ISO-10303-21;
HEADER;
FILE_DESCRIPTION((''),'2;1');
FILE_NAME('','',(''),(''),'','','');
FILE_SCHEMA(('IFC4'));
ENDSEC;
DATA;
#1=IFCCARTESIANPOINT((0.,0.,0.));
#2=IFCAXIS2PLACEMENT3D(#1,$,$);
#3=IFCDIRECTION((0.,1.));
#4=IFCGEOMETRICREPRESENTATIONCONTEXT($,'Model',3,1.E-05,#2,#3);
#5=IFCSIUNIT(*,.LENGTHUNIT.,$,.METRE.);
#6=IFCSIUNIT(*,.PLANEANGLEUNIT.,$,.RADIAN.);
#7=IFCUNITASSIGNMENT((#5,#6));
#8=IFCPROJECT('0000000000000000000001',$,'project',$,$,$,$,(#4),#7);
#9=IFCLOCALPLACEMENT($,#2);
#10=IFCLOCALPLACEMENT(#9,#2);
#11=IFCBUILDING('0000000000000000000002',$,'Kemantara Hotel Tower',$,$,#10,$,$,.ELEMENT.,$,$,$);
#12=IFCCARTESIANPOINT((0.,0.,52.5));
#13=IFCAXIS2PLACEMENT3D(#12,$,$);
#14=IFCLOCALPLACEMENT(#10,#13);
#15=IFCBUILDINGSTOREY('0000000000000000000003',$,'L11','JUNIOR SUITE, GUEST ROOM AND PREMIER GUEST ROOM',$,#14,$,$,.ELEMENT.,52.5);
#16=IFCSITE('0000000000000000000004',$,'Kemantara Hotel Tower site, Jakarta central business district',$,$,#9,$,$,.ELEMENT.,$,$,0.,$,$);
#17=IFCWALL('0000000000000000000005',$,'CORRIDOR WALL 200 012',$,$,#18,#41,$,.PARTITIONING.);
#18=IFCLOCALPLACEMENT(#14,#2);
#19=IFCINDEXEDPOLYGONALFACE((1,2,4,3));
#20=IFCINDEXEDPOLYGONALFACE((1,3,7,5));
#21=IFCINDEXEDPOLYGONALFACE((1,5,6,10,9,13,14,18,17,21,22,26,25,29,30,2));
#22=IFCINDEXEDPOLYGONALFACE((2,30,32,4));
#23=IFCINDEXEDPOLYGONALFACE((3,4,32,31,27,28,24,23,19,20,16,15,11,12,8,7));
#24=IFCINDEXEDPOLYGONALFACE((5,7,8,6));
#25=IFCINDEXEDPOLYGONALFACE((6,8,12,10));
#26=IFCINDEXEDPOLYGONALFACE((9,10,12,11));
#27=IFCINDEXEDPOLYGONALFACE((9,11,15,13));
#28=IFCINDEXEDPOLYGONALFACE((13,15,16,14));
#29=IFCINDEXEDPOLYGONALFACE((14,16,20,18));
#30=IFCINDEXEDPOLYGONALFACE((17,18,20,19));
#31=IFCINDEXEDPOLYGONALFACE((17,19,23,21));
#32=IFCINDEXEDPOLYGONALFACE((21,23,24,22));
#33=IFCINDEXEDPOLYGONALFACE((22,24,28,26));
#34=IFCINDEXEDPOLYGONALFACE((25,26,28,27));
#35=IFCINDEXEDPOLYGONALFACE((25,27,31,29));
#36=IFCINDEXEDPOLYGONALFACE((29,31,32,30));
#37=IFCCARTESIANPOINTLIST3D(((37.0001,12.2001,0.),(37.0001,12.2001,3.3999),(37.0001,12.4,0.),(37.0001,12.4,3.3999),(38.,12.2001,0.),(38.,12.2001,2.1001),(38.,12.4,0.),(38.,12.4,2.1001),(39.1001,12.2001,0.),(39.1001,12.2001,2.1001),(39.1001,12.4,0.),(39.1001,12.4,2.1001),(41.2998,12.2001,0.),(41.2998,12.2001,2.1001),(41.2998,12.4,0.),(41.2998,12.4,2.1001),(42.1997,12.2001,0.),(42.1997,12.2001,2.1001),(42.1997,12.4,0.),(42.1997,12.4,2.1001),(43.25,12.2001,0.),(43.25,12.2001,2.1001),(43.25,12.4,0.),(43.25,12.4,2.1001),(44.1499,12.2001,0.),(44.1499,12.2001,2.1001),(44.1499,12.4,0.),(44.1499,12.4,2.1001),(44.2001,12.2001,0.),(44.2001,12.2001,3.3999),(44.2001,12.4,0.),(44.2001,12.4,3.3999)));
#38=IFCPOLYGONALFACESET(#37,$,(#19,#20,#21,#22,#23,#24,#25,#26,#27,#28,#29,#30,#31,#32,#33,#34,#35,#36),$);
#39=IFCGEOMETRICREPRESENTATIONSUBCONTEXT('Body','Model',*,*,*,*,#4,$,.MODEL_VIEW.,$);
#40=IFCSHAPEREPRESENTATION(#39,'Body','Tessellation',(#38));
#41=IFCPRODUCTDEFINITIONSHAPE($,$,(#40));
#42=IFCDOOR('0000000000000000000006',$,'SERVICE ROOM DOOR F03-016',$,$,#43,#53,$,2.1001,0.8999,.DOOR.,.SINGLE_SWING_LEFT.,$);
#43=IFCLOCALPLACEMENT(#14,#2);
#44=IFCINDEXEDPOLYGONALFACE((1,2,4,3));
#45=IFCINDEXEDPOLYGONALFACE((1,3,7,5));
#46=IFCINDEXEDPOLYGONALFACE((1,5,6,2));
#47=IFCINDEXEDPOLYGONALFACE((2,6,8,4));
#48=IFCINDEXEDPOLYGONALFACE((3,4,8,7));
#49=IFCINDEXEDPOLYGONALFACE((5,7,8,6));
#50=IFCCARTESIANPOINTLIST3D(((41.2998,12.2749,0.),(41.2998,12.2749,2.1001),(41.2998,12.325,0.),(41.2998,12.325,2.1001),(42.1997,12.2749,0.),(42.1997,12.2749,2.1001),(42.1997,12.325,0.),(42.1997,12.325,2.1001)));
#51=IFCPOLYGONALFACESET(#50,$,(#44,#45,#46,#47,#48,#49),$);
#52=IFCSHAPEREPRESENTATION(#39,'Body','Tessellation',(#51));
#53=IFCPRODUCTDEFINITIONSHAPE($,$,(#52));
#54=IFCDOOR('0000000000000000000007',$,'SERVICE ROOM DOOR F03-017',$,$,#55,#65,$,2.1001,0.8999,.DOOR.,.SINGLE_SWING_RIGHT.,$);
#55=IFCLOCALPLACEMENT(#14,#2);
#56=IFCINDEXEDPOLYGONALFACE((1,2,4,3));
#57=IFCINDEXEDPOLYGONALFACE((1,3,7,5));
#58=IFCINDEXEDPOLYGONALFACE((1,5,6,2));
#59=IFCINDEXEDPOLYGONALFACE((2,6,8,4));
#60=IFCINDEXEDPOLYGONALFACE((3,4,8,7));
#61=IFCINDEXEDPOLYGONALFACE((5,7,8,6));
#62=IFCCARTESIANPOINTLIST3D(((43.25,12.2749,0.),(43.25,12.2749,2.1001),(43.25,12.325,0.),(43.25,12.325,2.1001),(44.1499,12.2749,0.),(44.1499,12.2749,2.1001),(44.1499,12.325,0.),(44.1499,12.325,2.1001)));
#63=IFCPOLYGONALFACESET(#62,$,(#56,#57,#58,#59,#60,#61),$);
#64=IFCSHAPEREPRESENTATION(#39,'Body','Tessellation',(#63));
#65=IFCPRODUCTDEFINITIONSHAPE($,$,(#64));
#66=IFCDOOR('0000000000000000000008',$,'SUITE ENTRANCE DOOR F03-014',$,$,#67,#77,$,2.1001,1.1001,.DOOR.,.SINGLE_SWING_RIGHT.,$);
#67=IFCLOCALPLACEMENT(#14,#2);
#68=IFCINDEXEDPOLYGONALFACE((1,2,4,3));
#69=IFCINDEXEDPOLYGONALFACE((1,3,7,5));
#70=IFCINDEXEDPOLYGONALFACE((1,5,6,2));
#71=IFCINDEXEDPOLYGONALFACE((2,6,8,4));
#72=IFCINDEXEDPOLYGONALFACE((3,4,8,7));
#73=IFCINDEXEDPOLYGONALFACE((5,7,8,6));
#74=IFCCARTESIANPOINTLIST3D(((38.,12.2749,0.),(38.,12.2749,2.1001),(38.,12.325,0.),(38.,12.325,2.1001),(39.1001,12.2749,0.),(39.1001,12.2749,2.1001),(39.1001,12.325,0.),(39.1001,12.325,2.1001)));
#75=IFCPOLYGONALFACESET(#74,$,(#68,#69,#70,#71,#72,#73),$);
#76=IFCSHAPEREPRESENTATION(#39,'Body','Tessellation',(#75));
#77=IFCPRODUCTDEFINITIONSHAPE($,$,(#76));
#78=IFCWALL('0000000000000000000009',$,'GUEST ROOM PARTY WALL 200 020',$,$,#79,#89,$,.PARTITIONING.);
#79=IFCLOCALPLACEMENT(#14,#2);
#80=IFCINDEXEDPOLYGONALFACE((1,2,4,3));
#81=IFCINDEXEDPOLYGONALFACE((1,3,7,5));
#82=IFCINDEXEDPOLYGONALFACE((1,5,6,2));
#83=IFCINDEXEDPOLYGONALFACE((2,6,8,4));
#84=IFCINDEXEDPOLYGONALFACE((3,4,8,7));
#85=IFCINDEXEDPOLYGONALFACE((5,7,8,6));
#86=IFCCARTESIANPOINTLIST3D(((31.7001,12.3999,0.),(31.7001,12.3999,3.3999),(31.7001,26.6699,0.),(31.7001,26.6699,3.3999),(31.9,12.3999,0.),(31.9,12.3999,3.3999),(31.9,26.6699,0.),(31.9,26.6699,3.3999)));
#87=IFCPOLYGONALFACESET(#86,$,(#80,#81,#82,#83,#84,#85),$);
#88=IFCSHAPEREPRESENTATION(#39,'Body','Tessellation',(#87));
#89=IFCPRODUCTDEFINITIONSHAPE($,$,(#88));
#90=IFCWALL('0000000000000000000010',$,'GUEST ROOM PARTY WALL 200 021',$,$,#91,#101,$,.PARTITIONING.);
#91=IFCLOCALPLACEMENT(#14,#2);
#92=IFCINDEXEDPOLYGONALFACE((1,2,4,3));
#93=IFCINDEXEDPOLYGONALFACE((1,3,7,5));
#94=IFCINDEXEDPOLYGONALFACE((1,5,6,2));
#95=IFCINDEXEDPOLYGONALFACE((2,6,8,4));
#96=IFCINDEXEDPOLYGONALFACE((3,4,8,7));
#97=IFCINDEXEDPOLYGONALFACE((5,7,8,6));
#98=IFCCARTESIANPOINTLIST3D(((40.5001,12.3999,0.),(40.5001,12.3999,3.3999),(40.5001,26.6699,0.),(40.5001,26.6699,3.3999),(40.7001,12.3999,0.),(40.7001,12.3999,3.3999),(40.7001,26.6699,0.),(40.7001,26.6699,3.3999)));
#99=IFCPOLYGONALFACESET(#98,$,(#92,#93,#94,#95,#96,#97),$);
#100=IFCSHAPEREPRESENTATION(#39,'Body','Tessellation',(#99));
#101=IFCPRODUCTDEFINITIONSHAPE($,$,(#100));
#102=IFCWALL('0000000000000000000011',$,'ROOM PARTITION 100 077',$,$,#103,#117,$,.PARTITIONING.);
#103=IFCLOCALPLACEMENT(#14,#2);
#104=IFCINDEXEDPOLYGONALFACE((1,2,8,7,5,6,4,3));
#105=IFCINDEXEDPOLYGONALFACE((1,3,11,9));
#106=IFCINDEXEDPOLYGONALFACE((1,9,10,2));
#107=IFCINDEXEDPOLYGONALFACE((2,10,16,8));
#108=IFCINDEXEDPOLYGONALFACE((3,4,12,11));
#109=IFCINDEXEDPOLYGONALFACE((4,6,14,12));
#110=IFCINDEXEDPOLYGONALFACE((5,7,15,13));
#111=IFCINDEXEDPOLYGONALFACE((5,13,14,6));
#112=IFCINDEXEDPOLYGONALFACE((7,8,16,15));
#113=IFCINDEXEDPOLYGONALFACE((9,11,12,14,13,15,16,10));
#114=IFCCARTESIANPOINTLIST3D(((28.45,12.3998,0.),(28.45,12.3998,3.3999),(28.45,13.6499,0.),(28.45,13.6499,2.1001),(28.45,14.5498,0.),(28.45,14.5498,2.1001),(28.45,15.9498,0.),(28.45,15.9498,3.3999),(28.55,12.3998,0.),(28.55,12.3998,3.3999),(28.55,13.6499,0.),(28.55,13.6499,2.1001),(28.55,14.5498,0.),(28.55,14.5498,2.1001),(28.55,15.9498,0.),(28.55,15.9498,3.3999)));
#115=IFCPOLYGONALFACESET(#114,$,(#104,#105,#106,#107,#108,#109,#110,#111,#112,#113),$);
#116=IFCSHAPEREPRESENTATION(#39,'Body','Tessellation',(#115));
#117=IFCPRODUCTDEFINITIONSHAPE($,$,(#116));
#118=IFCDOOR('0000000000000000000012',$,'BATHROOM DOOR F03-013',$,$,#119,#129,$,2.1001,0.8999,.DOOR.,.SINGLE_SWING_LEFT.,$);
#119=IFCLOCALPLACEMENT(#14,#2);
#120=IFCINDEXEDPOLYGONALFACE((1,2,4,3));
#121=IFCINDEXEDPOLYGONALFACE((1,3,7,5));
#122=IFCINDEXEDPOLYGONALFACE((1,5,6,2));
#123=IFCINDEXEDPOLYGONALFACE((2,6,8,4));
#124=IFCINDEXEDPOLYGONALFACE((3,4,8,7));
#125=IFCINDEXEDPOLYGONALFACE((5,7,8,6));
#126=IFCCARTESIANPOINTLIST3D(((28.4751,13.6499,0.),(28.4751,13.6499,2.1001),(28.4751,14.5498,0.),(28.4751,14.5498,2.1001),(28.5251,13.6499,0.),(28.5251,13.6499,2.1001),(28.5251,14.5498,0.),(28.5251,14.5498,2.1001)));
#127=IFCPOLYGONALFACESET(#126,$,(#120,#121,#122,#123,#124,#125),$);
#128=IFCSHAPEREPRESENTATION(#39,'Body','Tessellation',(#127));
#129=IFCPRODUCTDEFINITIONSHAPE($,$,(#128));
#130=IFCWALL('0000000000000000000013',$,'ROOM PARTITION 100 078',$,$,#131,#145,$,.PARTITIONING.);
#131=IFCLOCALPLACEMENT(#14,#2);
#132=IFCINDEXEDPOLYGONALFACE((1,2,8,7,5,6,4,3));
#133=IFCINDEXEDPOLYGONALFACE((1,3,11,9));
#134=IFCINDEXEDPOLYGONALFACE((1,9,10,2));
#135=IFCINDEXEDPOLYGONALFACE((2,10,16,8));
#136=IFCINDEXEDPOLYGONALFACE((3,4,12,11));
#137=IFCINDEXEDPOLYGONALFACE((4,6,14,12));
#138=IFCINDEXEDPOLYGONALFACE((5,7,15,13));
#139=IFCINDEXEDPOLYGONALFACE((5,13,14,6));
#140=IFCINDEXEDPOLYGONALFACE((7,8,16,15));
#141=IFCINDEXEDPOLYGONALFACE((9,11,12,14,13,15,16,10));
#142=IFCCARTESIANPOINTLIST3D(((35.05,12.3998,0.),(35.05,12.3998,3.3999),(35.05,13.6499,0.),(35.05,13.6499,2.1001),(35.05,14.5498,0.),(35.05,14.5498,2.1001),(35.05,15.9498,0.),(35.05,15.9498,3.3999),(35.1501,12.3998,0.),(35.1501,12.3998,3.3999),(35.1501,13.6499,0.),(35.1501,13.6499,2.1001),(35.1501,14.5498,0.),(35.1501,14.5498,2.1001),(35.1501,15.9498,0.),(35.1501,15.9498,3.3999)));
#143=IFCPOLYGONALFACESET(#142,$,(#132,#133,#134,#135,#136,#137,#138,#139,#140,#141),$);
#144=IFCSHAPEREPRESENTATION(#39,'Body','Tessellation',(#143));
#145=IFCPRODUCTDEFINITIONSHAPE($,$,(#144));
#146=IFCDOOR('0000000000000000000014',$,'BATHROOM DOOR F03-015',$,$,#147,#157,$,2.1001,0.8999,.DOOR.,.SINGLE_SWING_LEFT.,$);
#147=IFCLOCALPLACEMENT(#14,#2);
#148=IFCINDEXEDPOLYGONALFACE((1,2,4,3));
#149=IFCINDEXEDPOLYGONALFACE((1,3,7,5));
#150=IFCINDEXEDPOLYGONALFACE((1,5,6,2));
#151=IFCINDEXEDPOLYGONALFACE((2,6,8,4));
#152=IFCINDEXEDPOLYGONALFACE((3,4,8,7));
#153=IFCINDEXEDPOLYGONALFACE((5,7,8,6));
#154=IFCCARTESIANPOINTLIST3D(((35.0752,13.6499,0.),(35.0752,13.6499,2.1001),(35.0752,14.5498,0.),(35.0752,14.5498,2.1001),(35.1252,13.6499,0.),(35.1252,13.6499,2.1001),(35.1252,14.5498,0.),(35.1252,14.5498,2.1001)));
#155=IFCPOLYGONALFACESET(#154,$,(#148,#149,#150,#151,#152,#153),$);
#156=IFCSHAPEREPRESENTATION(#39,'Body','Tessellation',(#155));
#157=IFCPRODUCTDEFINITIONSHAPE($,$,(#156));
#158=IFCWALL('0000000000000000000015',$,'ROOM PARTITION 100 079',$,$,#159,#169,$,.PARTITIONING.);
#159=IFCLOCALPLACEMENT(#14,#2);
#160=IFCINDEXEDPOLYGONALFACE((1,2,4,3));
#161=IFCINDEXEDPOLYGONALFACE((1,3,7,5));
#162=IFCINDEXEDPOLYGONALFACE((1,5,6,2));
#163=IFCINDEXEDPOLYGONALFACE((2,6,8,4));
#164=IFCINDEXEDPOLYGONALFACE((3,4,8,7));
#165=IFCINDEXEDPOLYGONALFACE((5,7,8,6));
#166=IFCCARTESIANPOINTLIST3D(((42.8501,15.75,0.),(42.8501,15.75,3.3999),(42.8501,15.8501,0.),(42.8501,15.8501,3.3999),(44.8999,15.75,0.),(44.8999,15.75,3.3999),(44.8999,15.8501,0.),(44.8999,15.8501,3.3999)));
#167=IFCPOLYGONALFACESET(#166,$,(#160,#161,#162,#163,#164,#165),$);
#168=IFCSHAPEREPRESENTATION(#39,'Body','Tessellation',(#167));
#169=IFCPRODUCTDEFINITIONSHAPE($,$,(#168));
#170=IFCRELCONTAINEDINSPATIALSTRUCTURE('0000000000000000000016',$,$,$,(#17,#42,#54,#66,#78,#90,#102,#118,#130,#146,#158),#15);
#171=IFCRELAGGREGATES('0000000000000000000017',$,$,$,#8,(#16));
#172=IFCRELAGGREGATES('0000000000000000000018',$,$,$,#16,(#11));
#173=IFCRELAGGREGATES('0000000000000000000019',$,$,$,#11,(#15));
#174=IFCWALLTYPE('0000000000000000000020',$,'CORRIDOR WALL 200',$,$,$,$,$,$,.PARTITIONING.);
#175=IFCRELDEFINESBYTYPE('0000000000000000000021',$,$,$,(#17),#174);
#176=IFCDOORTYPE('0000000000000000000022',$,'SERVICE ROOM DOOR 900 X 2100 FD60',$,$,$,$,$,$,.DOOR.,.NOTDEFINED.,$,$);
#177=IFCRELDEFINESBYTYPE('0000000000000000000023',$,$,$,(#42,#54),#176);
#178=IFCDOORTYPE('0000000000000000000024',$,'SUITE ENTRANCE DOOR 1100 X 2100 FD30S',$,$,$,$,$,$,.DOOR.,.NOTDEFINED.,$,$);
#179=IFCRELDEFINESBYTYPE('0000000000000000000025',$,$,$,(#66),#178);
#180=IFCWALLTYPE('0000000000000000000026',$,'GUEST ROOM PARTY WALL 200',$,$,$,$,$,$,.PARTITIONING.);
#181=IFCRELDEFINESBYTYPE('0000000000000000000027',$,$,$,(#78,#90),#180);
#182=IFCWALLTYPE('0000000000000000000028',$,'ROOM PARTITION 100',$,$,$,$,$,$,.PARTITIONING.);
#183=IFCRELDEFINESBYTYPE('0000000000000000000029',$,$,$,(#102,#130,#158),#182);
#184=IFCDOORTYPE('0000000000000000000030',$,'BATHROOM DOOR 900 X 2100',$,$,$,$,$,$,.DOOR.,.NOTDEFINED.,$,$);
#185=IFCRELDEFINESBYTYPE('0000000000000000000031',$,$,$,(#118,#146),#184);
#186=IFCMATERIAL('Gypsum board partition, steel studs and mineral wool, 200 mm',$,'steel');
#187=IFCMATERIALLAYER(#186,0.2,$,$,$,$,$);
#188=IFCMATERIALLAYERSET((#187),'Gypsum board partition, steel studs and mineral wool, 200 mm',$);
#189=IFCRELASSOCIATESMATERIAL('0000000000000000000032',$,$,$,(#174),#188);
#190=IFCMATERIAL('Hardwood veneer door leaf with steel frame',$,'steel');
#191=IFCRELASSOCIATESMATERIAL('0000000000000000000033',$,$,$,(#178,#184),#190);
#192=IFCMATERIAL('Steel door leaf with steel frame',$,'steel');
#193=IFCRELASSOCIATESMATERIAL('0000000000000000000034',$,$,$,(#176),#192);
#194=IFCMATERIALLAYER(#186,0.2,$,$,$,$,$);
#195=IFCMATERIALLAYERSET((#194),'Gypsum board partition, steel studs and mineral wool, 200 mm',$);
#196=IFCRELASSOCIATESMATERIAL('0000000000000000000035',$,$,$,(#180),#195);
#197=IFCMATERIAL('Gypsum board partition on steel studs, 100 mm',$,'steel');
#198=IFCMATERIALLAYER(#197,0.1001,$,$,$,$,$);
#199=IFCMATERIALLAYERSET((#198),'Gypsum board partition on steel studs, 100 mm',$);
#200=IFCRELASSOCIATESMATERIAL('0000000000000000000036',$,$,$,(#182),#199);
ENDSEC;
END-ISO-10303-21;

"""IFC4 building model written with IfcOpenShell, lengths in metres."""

from ifc_helpers import new_model, si_unit, direction, frame, frame_2d, origin, place, context, subcontext, project, spatial, rectangle, extrude, material, layer, layer_set, type_object, element, fill, save


model = new_model("IFC4")

# Units and contexts
model_context = context("Model", 3, precision=1e-05, world=origin(), true_north=direction((0.0, 1.0)))
body_context = subcontext(model_context, "Body", "Model", "MODEL_VIEW")
ifc_project = project(units=[si_unit("LENGTHUNIT", "METRE"), si_unit("PLANEANGLEUNIT", "RADIAN")], contexts=[model_context])

# Site, building, storey
site_placement = place(None, origin())
site = spatial("IfcSite", under=ifc_project, at=site_placement, Name="Kemantara Hotel Tower site, Jakarta central business district", CompositionType="ELEMENT", RefElevation=0.0)
building_placement = place(site_placement, origin())
building = spatial("IfcBuilding", under=site, at=building_placement, Name="Kemantara Hotel Tower", CompositionType="ELEMENT")
storey_placement = place(building_placement, frame((0.0, 0.0, 52.5)))
storey = spatial("IfcBuildingStorey", under=building, at=storey_placement, Name="L11", Description="JUNIOR SUITE, GUEST ROOM AND PREMIER GUEST ROOM", CompositionType="ELEMENT", Elevation=52.5)

# Shared definitions
ifc_material_1 = material(Name="Gypsum board partition, steel studs and mineral wool, 200 mm", Category="steel")
ifc_layer_1 = layer(ifc_material_1, 0.2)
ifc_layer_set_1 = layer_set([ifc_layer_1], Name="Gypsum board partition, steel studs and mineral wool, 200 mm")
wall_type_1 = type_object("IfcWallType", Name="CORRIDOR WALL 200", PredefinedType="PARTITIONING", material=ifc_layer_set_1)
ifc_material_2 = material(Name="Hardwood veneer door leaf with steel frame", Category="steel")
door_type_1 = type_object("IfcDoorType", Name="SUITE ENTRANCE DOOR 1100 X 2100 FD30S", OperationType="NOTDEFINED", PredefinedType="DOOR", material=ifc_material_2)

# Wall, openings, doors
wall_1_placement = place(storey_placement, frame((37.0, 12.3, 0.0), z_axis=(0.0, 0.0, 1.0), x_axis=(1.0, 0.0, 0.0)))
wall_1 = element("IfcWall", 1, at=wall_1_placement, inside=storey, type_object=wall_type_1, Name="CORRIDOR WALL 200 012", PredefinedType="PARTITIONING", context=body_context, shape_type="SweptSolid", body=[
    extrude(rectangle(XDim=7.2, YDim=0.2, at=frame_2d((3.6001, 0.0))), origin(), (0.0, 0.0, 1.0), 3.3999),
])
opening_1_placement = place(wall_1_placement, frame((1.0, 0.0, 0.0)))
opening_1 = element("IfcOpeningElement", 2, at=opening_1_placement, cuts=wall_1, PredefinedType="OPENING", context=body_context, shape_type="SweptSolid", body=[
    extrude(rectangle(XDim=1.1001, YDim=2.1001, at=frame_2d((0.55, 1.05))), frame((0.0, 0.1099, 0.0), z_axis=(0.0, -1.0, 0.0), x_axis=(1.0, 0.0, 0.0)), (0.0, 0.0, 1.0), 0.22),
])
opening_2_placement = place(wall_1_placement, frame((4.2998, 0.0, 0.0)))
opening_2 = element("IfcOpeningElement", 3, at=opening_2_placement, cuts=wall_1, PredefinedType="OPENING", context=body_context, shape_type="SweptSolid", body=[
    extrude(rectangle(XDim=0.8999, YDim=2.1001, at=frame_2d((0.45, 1.05))), frame((0.0, 0.1099, 0.0), z_axis=(0.0, -1.0, 0.0), x_axis=(1.0, 0.0, 0.0)), (0.0, 0.0, 1.0), 0.22),
])
opening_3_placement = place(wall_1_placement, frame((6.25, 0.0, 0.0)))
opening_3 = element("IfcOpeningElement", 4, at=opening_3_placement, cuts=wall_1, PredefinedType="OPENING", context=body_context, shape_type="SweptSolid", body=[
    extrude(rectangle(XDim=0.8999, YDim=2.1001, at=frame_2d((0.45, 1.05))), frame((0.0, 0.1099, 0.0), z_axis=(0.0, -1.0, 0.0), x_axis=(1.0, 0.0, 0.0)), (0.0, 0.0, 1.0), 0.22),
])
ifc_material_3 = material(Name="Steel door leaf with steel frame", Category="steel")
door_type_2 = type_object("IfcDoorType", Name="SERVICE ROOM DOOR 900 X 2100 FD60", OperationType="NOTDEFINED", PredefinedType="DOOR", material=ifc_material_3)
door_1_placement = place(opening_2_placement, origin())
door_1 = element("IfcDoor", 5, at=door_1_placement, inside=storey, type_object=door_type_2, Name="SERVICE ROOM DOOR F03-016", OperationType="SINGLE_SWING_LEFT", OverallHeight=2.1001, OverallWidth=0.8999, PredefinedType="DOOR", context=body_context, shape_type="SweptSolid", body=[
    extrude(rectangle(XDim=0.8999, YDim=2.1001, at=frame_2d((0.45, 1.05))), frame((0.0, 0.0249, 0.0), z_axis=(0.0, -1.0, 0.0), x_axis=(1.0, 0.0, 0.0)), (0.0, 0.0, 1.0), 0.05),
])
fill(opening_2, door_1)
door_2_placement = place(opening_3_placement, origin())
door_2 = element("IfcDoor", 6, at=door_2_placement, inside=storey, type_object=door_type_2, Name="SERVICE ROOM DOOR F03-017", OperationType="SINGLE_SWING_RIGHT", OverallHeight=2.1001, OverallWidth=0.8999, PredefinedType="DOOR", context=body_context, shape_type="SweptSolid", body=[
    extrude(rectangle(XDim=0.8999, YDim=2.1001, at=frame_2d((0.45, 1.05))), frame((0.0, 0.0249, 0.0), z_axis=(0.0, -1.0, 0.0), x_axis=(1.0, 0.0, 0.0)), (0.0, 0.0, 1.0), 0.05),
])
fill(opening_3, door_2)
door_3_placement = place(opening_1_placement, origin())
door_3 = element("IfcDoor", 7, at=door_3_placement, inside=storey, type_object=door_type_1, Name="SUITE ENTRANCE DOOR F03-014", OperationType="SINGLE_SWING_RIGHT", OverallHeight=2.1001, OverallWidth=1.1001, PredefinedType="DOOR", context=body_context, shape_type="SweptSolid", body=[
    extrude(rectangle(XDim=1.1001, YDim=2.1001, at=frame_2d((0.55, 1.05))), frame((0.0, 0.0249, 0.0), z_axis=(0.0, -1.0, 0.0), x_axis=(1.0, 0.0, 0.0)), (0.0, 0.0, 1.0), 0.05),
])
fill(opening_1, door_3)

# Walls
ifc_layer_2 = layer(ifc_material_1, 0.2)
ifc_layer_set_2 = layer_set([ifc_layer_2], Name="Gypsum board partition, steel studs and mineral wool, 200 mm")
wall_type_2 = type_object("IfcWallType", Name="GUEST ROOM PARTY WALL 200", PredefinedType="PARTITIONING", material=ifc_layer_set_2)
for number, where, z_axis, x_axis, name in (
    (8, (31.8, 12.3999, 0.0), (0.0, 0.0, 1.0), (0.0, 1.0, 0.0), "GUEST ROOM PARTY WALL 200 020"),
    (9, (40.6001, 12.3999, 0.0), (0.0, 0.0, 1.0), (0.0, 1.0, 0.0), "GUEST ROOM PARTY WALL 200 021"),
):
    element("IfcWall", number, at=place(storey_placement, frame(where, z_axis=z_axis, x_axis=x_axis)), inside=storey, type_object=wall_type_2, Name=name, PredefinedType="PARTITIONING", context=body_context, shape_type="SweptSolid", body=[
        extrude(rectangle(XDim=14.27, YDim=0.2, at=frame_2d((7.135, 0.0))), origin(), (0.0, 0.0, 1.0), 3.3999),
    ])

# Walls, openings, doors
ifc_material_4 = material(Name="Gypsum board partition on steel studs, 100 mm", Category="steel")
ifc_layer_3 = layer(ifc_material_4, 0.1001)
ifc_layer_set_3 = layer_set([ifc_layer_3], Name="Gypsum board partition on steel studs, 100 mm")
wall_type_3 = type_object("IfcWallType", Name="ROOM PARTITION 100", PredefinedType="PARTITIONING", material=ifc_layer_set_3)
wall_2_placement = place(storey_placement, frame((28.5, 12.3999, 0.0), z_axis=(0.0, 0.0, 1.0), x_axis=(0.0, 1.0, 0.0)))
wall_2 = element("IfcWall", 10, at=wall_2_placement, inside=storey, type_object=wall_type_3, Name="ROOM PARTITION 100 077", PredefinedType="PARTITIONING", context=body_context, shape_type="SweptSolid", body=[
    extrude(rectangle(XDim=3.55, YDim=0.1001, at=frame_2d((1.7749, 0.0))), origin(), (0.0, 0.0, 1.0), 3.3999),
])
opening_4_placement = place(wall_2_placement, frame((1.25, 0.0, 0.0)))
opening_4 = element("IfcOpeningElement", 11, at=opening_4_placement, cuts=wall_2, PredefinedType="OPENING", context=body_context, shape_type="SweptSolid", body=[
    extrude(rectangle(XDim=0.8999, YDim=2.1001, at=frame_2d((0.45, 1.05))), frame((0.0, 0.0601, 0.0), z_axis=(0.0, -1.0, 0.0), x_axis=(1.0, 0.0, 0.0)), (0.0, 0.0, 1.0), 0.1201),
])
door_type_3 = type_object("IfcDoorType", Name="BATHROOM DOOR 900 X 2100", OperationType="NOTDEFINED", PredefinedType="DOOR", material=ifc_material_2)
door_4_placement = place(opening_4_placement, origin())
door_4 = element("IfcDoor", 12, at=door_4_placement, inside=storey, type_object=door_type_3, Name="BATHROOM DOOR F03-013", OperationType="SINGLE_SWING_LEFT", OverallHeight=2.1001, OverallWidth=0.8999, PredefinedType="DOOR", context=body_context, shape_type="SweptSolid", body=[
    extrude(rectangle(XDim=0.8999, YDim=2.1001, at=frame_2d((0.45, 1.05))), frame((0.0, 0.0249, 0.0), z_axis=(0.0, -1.0, 0.0), x_axis=(1.0, 0.0, 0.0)), (0.0, 0.0, 1.0), 0.05),
])
fill(opening_4, door_4)
wall_3_placement = place(storey_placement, frame((35.1001, 12.3999, 0.0), z_axis=(0.0, 0.0, 1.0), x_axis=(0.0, 1.0, 0.0)))
wall_3 = element("IfcWall", 13, at=wall_3_placement, inside=storey, type_object=wall_type_3, Name="ROOM PARTITION 100 078", PredefinedType="PARTITIONING", context=body_context, shape_type="SweptSolid", body=[
    extrude(rectangle(XDim=3.55, YDim=0.1001, at=frame_2d((1.7749, 0.0))), origin(), (0.0, 0.0, 1.0), 3.3999),
])
opening_5_placement = place(wall_3_placement, frame((1.25, 0.0, 0.0)))
opening_5 = element("IfcOpeningElement", 14, at=opening_5_placement, cuts=wall_3, PredefinedType="OPENING", context=body_context, shape_type="SweptSolid", body=[
    extrude(rectangle(XDim=0.8999, YDim=2.1001, at=frame_2d((0.45, 1.05))), frame((0.0, 0.0601, 0.0), z_axis=(0.0, -1.0, 0.0), x_axis=(1.0, 0.0, 0.0)), (0.0, 0.0, 1.0), 0.1201),
])
door_5_placement = place(opening_5_placement, origin())
door_5 = element("IfcDoor", 15, at=door_5_placement, inside=storey, type_object=door_type_3, Name="BATHROOM DOOR F03-015", OperationType="SINGLE_SWING_LEFT", OverallHeight=2.1001, OverallWidth=0.8999, PredefinedType="DOOR", context=body_context, shape_type="SweptSolid", body=[
    extrude(rectangle(XDim=0.8999, YDim=2.1001, at=frame_2d((0.45, 1.05))), frame((0.0, 0.0249, 0.0), z_axis=(0.0, -1.0, 0.0), x_axis=(1.0, 0.0, 0.0)), (0.0, 0.0, 1.0), 0.05),
])
fill(opening_5, door_5)

# Wall
wall_4_placement = place(storey_placement, frame((42.8501, 15.8, 0.0), z_axis=(0.0, 0.0, 1.0), x_axis=(1.0, 0.0, 0.0)))
element("IfcWall", 16, at=wall_4_placement, inside=storey, type_object=wall_type_3, Name="ROOM PARTITION 100 079", PredefinedType="PARTITIONING", context=body_context, shape_type="SweptSolid", body=[
    extrude(rectangle(XDim=2.0498, YDim=0.1001, at=frame_2d((1.0249, 0.0))), origin(), (0.0, 0.0, 1.0), 3.3999),
])

save(model, "model.ifc")
